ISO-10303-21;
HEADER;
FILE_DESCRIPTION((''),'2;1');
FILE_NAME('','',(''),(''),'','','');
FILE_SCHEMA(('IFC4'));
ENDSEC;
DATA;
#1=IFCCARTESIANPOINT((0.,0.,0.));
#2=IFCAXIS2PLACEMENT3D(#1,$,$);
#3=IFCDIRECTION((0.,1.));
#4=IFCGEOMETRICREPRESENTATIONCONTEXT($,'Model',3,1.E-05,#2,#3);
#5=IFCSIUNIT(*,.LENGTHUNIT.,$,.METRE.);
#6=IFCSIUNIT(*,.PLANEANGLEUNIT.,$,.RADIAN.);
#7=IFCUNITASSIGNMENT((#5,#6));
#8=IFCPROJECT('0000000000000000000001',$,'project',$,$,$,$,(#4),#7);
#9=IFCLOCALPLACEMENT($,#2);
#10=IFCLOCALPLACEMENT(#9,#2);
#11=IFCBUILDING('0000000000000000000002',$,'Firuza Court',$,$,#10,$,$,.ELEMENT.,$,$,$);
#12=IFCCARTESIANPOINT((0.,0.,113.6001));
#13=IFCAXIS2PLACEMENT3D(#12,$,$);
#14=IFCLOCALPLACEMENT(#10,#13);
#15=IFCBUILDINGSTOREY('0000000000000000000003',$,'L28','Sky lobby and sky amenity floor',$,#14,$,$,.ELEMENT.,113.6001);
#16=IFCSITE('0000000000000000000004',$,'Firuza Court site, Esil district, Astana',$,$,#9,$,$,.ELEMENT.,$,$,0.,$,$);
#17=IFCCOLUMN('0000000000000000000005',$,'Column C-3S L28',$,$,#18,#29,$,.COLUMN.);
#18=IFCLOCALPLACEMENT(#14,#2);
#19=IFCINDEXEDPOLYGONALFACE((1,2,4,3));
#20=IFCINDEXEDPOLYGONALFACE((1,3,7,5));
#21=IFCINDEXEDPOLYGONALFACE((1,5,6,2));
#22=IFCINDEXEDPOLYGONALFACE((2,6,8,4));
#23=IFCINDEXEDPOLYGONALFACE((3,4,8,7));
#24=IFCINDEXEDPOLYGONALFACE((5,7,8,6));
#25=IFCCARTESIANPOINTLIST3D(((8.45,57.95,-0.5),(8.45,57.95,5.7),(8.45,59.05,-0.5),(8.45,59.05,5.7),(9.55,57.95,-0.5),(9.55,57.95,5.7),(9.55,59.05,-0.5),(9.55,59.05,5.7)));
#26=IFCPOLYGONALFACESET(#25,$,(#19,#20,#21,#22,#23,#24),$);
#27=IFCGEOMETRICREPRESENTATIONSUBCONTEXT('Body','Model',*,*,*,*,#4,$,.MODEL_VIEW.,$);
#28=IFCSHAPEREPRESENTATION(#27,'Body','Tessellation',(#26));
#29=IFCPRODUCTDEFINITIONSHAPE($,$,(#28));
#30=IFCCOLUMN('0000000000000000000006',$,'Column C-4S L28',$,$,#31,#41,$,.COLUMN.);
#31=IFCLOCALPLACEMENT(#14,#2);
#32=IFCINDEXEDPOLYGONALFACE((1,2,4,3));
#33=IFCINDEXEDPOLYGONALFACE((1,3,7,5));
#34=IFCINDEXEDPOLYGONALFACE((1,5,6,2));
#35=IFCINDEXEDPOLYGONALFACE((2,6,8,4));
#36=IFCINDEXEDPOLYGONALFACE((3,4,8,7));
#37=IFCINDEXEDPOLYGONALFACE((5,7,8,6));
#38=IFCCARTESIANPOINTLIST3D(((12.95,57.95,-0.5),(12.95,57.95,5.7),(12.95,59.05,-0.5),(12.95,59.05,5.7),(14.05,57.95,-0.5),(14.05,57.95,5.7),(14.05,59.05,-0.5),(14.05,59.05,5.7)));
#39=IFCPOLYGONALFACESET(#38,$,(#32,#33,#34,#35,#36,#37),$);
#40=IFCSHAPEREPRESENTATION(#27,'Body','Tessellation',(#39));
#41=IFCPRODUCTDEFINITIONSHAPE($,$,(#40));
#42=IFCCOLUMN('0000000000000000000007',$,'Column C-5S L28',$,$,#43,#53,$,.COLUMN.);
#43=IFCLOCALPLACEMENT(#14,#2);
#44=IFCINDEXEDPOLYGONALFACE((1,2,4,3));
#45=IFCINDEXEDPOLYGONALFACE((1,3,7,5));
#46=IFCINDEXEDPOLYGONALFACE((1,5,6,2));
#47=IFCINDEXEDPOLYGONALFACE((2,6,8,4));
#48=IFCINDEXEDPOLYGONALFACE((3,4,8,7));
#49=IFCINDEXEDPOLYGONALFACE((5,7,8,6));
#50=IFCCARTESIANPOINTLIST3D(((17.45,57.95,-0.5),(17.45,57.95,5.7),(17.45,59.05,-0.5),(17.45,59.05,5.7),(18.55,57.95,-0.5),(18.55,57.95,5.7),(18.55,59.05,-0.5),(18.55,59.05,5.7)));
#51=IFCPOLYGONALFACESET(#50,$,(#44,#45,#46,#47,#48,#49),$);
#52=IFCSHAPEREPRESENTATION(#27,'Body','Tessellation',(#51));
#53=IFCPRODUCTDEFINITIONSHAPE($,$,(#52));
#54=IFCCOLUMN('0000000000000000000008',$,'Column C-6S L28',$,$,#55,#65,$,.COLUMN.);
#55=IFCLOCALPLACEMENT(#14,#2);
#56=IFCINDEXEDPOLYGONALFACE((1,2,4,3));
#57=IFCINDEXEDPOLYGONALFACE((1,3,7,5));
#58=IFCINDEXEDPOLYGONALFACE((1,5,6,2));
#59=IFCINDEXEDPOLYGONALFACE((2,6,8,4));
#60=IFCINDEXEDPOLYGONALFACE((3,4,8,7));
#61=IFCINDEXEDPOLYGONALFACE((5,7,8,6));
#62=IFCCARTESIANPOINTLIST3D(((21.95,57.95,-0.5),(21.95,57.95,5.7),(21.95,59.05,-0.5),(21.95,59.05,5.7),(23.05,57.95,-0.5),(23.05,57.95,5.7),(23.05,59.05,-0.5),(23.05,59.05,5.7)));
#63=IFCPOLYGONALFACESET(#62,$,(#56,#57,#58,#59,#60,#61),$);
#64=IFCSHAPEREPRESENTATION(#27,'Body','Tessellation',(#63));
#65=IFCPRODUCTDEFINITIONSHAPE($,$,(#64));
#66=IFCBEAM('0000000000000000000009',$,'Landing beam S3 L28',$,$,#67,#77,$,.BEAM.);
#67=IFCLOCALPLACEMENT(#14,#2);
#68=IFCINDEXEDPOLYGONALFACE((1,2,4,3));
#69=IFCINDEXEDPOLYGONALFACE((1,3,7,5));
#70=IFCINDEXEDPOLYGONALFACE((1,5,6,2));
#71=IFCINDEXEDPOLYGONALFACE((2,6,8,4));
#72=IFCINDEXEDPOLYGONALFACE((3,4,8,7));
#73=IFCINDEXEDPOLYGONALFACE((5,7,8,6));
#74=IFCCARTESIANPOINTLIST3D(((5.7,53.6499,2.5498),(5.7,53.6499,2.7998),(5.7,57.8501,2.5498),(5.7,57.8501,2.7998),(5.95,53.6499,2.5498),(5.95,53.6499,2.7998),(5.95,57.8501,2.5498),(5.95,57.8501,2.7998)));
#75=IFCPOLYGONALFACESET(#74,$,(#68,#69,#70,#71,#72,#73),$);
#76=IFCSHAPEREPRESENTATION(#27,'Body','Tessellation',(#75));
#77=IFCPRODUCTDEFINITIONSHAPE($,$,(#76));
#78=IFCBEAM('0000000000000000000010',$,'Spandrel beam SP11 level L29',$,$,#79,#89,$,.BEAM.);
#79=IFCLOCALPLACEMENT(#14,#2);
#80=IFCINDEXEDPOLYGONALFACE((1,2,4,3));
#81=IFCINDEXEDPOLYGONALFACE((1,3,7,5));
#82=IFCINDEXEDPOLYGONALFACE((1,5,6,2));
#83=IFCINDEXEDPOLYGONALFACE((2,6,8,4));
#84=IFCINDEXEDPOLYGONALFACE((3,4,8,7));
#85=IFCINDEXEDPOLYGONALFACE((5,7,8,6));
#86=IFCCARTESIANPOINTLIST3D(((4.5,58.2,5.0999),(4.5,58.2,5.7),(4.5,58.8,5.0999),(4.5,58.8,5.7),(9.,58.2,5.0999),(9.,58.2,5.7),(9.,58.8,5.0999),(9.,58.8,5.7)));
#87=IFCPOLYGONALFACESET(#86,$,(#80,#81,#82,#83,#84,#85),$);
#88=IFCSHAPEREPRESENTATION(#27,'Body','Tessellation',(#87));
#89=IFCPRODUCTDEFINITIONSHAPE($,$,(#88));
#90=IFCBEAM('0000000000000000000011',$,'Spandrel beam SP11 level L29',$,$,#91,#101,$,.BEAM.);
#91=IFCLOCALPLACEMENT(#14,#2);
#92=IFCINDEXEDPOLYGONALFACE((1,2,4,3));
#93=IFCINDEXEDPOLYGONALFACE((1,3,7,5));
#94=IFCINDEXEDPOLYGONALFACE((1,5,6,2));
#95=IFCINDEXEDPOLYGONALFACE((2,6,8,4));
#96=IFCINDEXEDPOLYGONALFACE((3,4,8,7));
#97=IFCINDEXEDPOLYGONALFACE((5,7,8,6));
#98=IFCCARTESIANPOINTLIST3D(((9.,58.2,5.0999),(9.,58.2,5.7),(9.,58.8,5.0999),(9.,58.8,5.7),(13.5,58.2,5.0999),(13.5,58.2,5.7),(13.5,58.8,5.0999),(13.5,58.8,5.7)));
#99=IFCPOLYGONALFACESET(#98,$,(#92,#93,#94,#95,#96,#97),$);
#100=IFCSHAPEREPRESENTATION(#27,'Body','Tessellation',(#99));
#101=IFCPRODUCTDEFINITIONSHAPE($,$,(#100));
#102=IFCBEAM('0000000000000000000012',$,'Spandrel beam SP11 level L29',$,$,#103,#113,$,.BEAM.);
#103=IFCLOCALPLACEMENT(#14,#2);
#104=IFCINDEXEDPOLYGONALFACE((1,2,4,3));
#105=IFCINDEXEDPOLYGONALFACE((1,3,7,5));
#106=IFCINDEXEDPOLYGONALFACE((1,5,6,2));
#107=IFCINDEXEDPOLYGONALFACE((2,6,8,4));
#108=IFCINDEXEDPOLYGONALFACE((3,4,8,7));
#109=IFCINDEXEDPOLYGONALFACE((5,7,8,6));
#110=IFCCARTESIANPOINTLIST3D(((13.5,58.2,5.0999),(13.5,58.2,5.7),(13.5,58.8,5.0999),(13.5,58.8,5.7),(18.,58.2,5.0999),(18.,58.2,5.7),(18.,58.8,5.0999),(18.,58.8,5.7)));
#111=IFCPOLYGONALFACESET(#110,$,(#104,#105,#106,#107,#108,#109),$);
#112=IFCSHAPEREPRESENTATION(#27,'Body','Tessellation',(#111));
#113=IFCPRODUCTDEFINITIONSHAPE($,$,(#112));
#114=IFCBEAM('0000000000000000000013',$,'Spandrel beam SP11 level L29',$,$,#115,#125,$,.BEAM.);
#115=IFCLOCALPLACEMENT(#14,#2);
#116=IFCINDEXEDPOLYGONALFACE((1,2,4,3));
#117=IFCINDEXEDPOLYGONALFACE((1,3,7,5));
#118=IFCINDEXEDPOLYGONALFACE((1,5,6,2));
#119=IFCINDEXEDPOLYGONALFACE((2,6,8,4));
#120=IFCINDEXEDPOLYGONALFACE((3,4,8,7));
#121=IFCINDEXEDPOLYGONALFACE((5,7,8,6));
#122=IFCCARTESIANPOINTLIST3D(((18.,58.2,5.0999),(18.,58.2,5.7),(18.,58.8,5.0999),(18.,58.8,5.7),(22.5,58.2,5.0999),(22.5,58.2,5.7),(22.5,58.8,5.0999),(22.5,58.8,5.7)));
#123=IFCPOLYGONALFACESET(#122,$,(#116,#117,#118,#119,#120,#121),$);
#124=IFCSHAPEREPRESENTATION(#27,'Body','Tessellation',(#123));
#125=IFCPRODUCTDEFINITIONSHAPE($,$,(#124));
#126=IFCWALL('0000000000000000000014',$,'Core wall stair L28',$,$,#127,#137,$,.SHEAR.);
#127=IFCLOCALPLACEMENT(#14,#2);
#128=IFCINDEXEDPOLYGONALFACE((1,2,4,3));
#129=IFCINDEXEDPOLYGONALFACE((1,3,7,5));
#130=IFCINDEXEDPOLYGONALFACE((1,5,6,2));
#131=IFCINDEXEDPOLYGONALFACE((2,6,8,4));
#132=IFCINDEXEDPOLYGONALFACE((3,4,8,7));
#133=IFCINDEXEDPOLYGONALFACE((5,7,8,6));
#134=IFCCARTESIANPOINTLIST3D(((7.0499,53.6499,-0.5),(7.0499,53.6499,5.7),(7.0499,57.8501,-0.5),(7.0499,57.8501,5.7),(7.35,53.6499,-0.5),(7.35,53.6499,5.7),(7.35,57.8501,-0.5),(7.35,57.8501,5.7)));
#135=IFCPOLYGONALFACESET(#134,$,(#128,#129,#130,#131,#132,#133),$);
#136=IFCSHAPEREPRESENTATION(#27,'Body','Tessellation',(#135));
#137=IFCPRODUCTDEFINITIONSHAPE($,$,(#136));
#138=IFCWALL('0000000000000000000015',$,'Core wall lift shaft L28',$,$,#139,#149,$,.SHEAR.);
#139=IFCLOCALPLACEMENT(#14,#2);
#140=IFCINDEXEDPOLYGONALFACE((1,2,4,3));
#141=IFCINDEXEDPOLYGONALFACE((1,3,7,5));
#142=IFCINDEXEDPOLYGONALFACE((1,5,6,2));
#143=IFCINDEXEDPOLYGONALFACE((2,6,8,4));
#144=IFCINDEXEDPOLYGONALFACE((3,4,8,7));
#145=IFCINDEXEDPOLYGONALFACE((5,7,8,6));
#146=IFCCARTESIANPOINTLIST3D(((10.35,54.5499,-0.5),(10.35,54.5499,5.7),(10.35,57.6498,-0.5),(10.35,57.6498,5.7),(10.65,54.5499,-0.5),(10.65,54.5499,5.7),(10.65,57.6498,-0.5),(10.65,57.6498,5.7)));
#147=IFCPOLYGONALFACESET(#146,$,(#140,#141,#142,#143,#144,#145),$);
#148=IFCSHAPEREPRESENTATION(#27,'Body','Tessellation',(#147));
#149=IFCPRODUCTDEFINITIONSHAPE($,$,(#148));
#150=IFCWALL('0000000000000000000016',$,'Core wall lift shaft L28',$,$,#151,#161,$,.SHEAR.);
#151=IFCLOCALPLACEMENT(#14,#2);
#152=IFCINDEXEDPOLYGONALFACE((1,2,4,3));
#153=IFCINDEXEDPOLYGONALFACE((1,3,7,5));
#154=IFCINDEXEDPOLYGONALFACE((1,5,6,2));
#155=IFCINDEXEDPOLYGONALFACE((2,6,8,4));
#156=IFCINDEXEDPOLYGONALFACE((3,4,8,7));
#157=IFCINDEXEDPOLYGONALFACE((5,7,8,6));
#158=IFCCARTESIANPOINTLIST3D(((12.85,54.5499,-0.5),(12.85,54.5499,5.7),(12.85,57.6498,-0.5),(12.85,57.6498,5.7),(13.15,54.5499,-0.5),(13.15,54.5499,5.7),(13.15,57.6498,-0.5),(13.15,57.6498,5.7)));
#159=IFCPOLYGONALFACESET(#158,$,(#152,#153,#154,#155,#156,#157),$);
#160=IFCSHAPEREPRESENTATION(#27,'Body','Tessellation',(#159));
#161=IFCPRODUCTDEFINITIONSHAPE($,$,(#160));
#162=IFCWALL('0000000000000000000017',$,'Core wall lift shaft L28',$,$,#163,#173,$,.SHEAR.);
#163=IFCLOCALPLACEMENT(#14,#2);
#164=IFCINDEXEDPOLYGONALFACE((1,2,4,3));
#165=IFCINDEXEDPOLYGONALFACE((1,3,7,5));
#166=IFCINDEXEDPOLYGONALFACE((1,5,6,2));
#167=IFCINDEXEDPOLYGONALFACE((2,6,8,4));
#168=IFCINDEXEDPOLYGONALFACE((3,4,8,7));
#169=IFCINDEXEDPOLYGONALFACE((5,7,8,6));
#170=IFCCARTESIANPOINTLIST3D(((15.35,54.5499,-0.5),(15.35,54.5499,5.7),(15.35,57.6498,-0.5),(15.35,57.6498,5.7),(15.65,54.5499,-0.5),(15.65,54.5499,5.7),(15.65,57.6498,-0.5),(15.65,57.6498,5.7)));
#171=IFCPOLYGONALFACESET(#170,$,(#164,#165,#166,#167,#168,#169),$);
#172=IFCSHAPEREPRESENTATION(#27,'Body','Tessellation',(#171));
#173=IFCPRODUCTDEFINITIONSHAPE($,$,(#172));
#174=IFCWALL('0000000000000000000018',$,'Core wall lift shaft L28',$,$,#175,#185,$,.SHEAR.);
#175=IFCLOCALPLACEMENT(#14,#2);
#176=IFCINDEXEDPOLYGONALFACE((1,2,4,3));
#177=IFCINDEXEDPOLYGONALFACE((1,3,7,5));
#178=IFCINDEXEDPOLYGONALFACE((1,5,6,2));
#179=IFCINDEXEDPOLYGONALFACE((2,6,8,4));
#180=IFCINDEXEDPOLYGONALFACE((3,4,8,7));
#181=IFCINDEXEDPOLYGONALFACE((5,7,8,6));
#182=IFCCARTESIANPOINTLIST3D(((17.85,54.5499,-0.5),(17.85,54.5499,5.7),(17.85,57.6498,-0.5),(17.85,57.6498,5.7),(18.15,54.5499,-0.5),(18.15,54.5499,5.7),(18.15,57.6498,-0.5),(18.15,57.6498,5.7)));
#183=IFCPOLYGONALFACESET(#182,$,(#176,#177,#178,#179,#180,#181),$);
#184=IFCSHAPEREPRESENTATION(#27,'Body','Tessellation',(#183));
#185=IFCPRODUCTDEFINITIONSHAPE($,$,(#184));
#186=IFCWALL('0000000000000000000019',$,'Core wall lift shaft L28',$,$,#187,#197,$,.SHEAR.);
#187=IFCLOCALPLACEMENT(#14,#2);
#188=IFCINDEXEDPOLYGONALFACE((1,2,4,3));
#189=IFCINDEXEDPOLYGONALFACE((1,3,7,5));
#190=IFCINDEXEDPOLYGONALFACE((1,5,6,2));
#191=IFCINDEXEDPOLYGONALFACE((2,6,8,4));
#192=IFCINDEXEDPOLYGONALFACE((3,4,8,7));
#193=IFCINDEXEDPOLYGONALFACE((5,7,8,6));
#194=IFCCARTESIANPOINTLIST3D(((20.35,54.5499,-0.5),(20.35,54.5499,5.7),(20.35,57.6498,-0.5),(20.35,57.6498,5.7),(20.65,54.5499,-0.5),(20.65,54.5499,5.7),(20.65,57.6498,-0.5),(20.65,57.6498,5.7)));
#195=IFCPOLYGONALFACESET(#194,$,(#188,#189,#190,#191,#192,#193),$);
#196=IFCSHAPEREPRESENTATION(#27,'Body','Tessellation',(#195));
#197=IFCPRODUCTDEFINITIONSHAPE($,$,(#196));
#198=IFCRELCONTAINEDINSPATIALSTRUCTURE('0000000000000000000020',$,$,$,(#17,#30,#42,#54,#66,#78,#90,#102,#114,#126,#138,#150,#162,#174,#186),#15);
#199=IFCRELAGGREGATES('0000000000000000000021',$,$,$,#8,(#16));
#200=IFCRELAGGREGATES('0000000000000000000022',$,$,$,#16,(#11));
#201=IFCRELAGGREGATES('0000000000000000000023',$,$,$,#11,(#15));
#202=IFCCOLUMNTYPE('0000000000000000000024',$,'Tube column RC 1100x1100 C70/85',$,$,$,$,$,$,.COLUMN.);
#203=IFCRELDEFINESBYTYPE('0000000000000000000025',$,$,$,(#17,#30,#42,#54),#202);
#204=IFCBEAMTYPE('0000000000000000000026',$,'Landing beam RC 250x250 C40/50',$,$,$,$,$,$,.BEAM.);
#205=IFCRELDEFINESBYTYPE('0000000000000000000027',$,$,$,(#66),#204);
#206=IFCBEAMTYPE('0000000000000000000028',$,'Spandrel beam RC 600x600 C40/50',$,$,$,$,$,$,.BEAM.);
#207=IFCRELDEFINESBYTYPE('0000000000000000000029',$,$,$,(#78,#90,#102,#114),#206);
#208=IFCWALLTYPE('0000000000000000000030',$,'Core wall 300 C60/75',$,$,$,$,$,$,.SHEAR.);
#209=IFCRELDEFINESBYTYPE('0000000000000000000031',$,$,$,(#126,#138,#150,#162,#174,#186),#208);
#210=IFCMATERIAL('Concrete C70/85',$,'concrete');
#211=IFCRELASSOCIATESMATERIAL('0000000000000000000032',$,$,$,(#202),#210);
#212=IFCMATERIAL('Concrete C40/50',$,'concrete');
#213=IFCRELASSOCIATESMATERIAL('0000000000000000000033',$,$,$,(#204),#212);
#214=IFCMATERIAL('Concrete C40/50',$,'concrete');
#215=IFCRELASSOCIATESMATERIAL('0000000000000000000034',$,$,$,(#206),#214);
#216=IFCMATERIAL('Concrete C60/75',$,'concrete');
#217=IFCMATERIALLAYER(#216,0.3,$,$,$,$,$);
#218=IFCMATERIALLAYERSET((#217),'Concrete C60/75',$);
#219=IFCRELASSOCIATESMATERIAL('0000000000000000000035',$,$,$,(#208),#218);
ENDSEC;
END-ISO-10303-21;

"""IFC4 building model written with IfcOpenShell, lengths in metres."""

from ifc_helpers import new_model, si_unit, direction, frame, frame_2d, origin, origin_2d, place, context, subcontext, project, spatial, rectangle, extrude, material, layer, layer_set, material_profile, profile_set, type_object, element, save


model = new_model("IFC4")

# Units and contexts
model_context = context("Model", 3, precision=1e-05, world=origin(), true_north=direction((0.0, 1.0)))
body_context = subcontext(model_context, "Body", "Model", "MODEL_VIEW")
ifc_project = project(units=[si_unit("LENGTHUNIT", "METRE"), si_unit("PLANEANGLEUNIT", "RADIAN")], contexts=[model_context])

# Site, building, storey
site_placement = place(None, origin())
site = spatial("IfcSite", under=ifc_project, at=site_placement, Name="Firuza Court site, Esil district, Astana", CompositionType="ELEMENT", RefElevation=0.0)
building_placement = place(site_placement, origin())
building = spatial("IfcBuilding", under=site, at=building_placement, Name="Firuza Court", CompositionType="ELEMENT")
storey_placement = place(building_placement, frame((0.0, 0.0, 113.6001)))
storey = spatial("IfcBuildingStorey", under=building, at=storey_placement, Name="L28", Description="Sky lobby and sky amenity floor", CompositionType="ELEMENT", Elevation=113.6001)

# Columns
ifc_material_1 = material(Name="Concrete C70/85", Category="concrete")
ifc_material_profile_1 = material_profile(ifc_material_1, rectangle(XDim=1.1001, YDim=1.1001, at=origin_2d()), Name="RC 1100x1100")
ifc_profile_set_1 = profile_set([ifc_material_profile_1], Name="Concrete C70/85")
column_type = type_object("IfcColumnType", Name="Tube column RC 1100x1100 C70/85", PredefinedType="COLUMN", material=ifc_profile_set_1)
for number, where, z_axis, x_axis, name in (
    (1, (9.0, 58.5, -0.5), (0.0, 0.0, 1.0), (1.0, 0.0, 0.0), "Column C-3S L28"),
    (2, (13.5, 58.5, -0.5), (0.0, 0.0, 1.0), (1.0, 0.0, 0.0), "Column C-4S L28"),
    (3, (18.0, 58.5, -0.5), (0.0, 0.0, 1.0), (1.0, 0.0, 0.0), "Column C-5S L28"),
    (4, (22.5, 58.5, -0.5), (0.0, 0.0, 1.0), (1.0, 0.0, 0.0), "Column C-6S L28"),
):
    element("IfcColumn", number, at=place(storey_placement, frame(where, z_axis=z_axis, x_axis=x_axis)), inside=storey, type_object=column_type, Name=name, PredefinedType="COLUMN", context=body_context, shape_type="SweptSolid", body=[
        extrude(rectangle(XDim=1.1001, YDim=1.1001, at=origin_2d()), origin(), (0.0, 0.0, 1.0), 6.2),
    ])

# Beams
ifc_material_2 = material(Name="Concrete C40/50", Category="concrete")
ifc_material_profile_2 = material_profile(ifc_material_2, rectangle(XDim=0.25, YDim=0.25, at=origin_2d()), Name="RC 250x250")
ifc_profile_set_2 = profile_set([ifc_material_profile_2], Name="Concrete C40/50")
beam_type_1 = type_object("IfcBeamType", Name="Landing beam RC 250x250 C40/50", PredefinedType="BEAM", material=ifc_profile_set_2)
beam_placement = place(storey_placement, frame((5.825, 53.6499, 2.6748), z_axis=(0.0, 1.0, 0.0), x_axis=(-1.0, 0.0, 0.0)))
element("IfcBeam", 5, at=beam_placement, inside=storey, type_object=beam_type_1, Name="Landing beam S3 L28", PredefinedType="BEAM", context=body_context, shape_type="SweptSolid", body=[
    extrude(rectangle(XDim=0.25, YDim=0.25, at=origin_2d()), origin(), (0.0, 0.0, 1.0), 4.2002),
])
ifc_material_3 = material(Name="Concrete C40/50", Category="concrete")
ifc_material_profile_3 = material_profile(ifc_material_3, rectangle(XDim=0.6001, YDim=0.6001, at=origin_2d()), Name="RC 600x600")
ifc_profile_set_3 = profile_set([ifc_material_profile_3], Name="Concrete C40/50")
beam_type_2 = type_object("IfcBeamType", Name="Spandrel beam RC 600x600 C40/50", PredefinedType="BEAM", material=ifc_profile_set_3)
for number, where, z_axis, x_axis, name in (
    (6, (9.0, 58.5, 5.3999), (-1.0, 0.0, 0.0), (0.0, -1.0, 0.0), "Spandrel beam SP11 level L29"),
    (7, (13.5, 58.5, 5.3999), (-1.0, 0.0, 0.0), (0.0, -1.0, 0.0), "Spandrel beam SP11 level L29"),
    (8, (18.0, 58.5, 5.3999), (-1.0, 0.0, 0.0), (0.0, -1.0, 0.0), "Spandrel beam SP11 level L29"),
    (9, (22.5, 58.5, 5.3999), (-1.0, 0.0, 0.0), (0.0, -1.0, 0.0), "Spandrel beam SP11 level L29"),
):
    element("IfcBeam", number, at=place(storey_placement, frame(where, z_axis=z_axis, x_axis=x_axis)), inside=storey, type_object=beam_type_2, Name=name, PredefinedType="BEAM", context=body_context, shape_type="SweptSolid", body=[
        extrude(rectangle(XDim=0.6001, YDim=0.6001, at=origin_2d()), origin(), (0.0, 0.0, 1.0), 4.5),
    ])

# Walls
ifc_material_4 = material(Name="Concrete C60/75", Category="concrete")
ifc_layer_1 = layer(ifc_material_4, 0.3)
ifc_layer_set_1 = layer_set([ifc_layer_1], Name="Concrete C60/75")
wall_type_1 = type_object("IfcWallType", Name="Core wall 300 C60/75", PredefinedType="SHEAR", material=ifc_layer_set_1)
wall_1_placement = place(storey_placement, frame((7.2, 53.6499, -0.5), z_axis=(0.0, 0.0, 1.0), x_axis=(0.0, 1.0, 0.0)))
element("IfcWall", 10, at=wall_1_placement, inside=storey, type_object=wall_type_1, Name="Core wall stair L28", PredefinedType="SHEAR", context=body_context, shape_type="SweptSolid", body=[
    extrude(rectangle(XDim=4.2002, YDim=0.3, at=frame_2d((2.1001, 0.0))), origin(), (0.0, 0.0, 1.0), 6.2),
])
for number, where, z_axis, x_axis, name in (
    (11, (10.5, 54.55, -0.5), (0.0, 0.0, 1.0), (0.0, 1.0, 0.0), "Core wall lift shaft L28"),
    (12, (13.0, 54.55, -0.5), (0.0, 0.0, 1.0), (0.0, 1.0, 0.0), "Core wall lift shaft L28"),
    (13, (15.5, 54.55, -0.5), (0.0, 0.0, 1.0), (0.0, 1.0, 0.0), "Core wall lift shaft L28"),
    (14, (18.0, 54.55, -0.5), (0.0, 0.0, 1.0), (0.0, 1.0, 0.0), "Core wall lift shaft L28"),
    (15, (20.5, 54.55, -0.5), (0.0, 0.0, 1.0), (0.0, 1.0, 0.0), "Core wall lift shaft L28"),
):
    element("IfcWall", number, at=place(storey_placement, frame(where, z_axis=z_axis, x_axis=x_axis)), inside=storey, type_object=wall_type_1, Name=name, PredefinedType="SHEAR", context=body_context, shape_type="SweptSolid", body=[
        extrude(rectangle(XDim=3.0999, YDim=0.3, at=frame_2d((1.5498, 0.0))), origin(), (0.0, 0.0, 1.0), 6.2),
    ])

save(model, "model.ifc")
